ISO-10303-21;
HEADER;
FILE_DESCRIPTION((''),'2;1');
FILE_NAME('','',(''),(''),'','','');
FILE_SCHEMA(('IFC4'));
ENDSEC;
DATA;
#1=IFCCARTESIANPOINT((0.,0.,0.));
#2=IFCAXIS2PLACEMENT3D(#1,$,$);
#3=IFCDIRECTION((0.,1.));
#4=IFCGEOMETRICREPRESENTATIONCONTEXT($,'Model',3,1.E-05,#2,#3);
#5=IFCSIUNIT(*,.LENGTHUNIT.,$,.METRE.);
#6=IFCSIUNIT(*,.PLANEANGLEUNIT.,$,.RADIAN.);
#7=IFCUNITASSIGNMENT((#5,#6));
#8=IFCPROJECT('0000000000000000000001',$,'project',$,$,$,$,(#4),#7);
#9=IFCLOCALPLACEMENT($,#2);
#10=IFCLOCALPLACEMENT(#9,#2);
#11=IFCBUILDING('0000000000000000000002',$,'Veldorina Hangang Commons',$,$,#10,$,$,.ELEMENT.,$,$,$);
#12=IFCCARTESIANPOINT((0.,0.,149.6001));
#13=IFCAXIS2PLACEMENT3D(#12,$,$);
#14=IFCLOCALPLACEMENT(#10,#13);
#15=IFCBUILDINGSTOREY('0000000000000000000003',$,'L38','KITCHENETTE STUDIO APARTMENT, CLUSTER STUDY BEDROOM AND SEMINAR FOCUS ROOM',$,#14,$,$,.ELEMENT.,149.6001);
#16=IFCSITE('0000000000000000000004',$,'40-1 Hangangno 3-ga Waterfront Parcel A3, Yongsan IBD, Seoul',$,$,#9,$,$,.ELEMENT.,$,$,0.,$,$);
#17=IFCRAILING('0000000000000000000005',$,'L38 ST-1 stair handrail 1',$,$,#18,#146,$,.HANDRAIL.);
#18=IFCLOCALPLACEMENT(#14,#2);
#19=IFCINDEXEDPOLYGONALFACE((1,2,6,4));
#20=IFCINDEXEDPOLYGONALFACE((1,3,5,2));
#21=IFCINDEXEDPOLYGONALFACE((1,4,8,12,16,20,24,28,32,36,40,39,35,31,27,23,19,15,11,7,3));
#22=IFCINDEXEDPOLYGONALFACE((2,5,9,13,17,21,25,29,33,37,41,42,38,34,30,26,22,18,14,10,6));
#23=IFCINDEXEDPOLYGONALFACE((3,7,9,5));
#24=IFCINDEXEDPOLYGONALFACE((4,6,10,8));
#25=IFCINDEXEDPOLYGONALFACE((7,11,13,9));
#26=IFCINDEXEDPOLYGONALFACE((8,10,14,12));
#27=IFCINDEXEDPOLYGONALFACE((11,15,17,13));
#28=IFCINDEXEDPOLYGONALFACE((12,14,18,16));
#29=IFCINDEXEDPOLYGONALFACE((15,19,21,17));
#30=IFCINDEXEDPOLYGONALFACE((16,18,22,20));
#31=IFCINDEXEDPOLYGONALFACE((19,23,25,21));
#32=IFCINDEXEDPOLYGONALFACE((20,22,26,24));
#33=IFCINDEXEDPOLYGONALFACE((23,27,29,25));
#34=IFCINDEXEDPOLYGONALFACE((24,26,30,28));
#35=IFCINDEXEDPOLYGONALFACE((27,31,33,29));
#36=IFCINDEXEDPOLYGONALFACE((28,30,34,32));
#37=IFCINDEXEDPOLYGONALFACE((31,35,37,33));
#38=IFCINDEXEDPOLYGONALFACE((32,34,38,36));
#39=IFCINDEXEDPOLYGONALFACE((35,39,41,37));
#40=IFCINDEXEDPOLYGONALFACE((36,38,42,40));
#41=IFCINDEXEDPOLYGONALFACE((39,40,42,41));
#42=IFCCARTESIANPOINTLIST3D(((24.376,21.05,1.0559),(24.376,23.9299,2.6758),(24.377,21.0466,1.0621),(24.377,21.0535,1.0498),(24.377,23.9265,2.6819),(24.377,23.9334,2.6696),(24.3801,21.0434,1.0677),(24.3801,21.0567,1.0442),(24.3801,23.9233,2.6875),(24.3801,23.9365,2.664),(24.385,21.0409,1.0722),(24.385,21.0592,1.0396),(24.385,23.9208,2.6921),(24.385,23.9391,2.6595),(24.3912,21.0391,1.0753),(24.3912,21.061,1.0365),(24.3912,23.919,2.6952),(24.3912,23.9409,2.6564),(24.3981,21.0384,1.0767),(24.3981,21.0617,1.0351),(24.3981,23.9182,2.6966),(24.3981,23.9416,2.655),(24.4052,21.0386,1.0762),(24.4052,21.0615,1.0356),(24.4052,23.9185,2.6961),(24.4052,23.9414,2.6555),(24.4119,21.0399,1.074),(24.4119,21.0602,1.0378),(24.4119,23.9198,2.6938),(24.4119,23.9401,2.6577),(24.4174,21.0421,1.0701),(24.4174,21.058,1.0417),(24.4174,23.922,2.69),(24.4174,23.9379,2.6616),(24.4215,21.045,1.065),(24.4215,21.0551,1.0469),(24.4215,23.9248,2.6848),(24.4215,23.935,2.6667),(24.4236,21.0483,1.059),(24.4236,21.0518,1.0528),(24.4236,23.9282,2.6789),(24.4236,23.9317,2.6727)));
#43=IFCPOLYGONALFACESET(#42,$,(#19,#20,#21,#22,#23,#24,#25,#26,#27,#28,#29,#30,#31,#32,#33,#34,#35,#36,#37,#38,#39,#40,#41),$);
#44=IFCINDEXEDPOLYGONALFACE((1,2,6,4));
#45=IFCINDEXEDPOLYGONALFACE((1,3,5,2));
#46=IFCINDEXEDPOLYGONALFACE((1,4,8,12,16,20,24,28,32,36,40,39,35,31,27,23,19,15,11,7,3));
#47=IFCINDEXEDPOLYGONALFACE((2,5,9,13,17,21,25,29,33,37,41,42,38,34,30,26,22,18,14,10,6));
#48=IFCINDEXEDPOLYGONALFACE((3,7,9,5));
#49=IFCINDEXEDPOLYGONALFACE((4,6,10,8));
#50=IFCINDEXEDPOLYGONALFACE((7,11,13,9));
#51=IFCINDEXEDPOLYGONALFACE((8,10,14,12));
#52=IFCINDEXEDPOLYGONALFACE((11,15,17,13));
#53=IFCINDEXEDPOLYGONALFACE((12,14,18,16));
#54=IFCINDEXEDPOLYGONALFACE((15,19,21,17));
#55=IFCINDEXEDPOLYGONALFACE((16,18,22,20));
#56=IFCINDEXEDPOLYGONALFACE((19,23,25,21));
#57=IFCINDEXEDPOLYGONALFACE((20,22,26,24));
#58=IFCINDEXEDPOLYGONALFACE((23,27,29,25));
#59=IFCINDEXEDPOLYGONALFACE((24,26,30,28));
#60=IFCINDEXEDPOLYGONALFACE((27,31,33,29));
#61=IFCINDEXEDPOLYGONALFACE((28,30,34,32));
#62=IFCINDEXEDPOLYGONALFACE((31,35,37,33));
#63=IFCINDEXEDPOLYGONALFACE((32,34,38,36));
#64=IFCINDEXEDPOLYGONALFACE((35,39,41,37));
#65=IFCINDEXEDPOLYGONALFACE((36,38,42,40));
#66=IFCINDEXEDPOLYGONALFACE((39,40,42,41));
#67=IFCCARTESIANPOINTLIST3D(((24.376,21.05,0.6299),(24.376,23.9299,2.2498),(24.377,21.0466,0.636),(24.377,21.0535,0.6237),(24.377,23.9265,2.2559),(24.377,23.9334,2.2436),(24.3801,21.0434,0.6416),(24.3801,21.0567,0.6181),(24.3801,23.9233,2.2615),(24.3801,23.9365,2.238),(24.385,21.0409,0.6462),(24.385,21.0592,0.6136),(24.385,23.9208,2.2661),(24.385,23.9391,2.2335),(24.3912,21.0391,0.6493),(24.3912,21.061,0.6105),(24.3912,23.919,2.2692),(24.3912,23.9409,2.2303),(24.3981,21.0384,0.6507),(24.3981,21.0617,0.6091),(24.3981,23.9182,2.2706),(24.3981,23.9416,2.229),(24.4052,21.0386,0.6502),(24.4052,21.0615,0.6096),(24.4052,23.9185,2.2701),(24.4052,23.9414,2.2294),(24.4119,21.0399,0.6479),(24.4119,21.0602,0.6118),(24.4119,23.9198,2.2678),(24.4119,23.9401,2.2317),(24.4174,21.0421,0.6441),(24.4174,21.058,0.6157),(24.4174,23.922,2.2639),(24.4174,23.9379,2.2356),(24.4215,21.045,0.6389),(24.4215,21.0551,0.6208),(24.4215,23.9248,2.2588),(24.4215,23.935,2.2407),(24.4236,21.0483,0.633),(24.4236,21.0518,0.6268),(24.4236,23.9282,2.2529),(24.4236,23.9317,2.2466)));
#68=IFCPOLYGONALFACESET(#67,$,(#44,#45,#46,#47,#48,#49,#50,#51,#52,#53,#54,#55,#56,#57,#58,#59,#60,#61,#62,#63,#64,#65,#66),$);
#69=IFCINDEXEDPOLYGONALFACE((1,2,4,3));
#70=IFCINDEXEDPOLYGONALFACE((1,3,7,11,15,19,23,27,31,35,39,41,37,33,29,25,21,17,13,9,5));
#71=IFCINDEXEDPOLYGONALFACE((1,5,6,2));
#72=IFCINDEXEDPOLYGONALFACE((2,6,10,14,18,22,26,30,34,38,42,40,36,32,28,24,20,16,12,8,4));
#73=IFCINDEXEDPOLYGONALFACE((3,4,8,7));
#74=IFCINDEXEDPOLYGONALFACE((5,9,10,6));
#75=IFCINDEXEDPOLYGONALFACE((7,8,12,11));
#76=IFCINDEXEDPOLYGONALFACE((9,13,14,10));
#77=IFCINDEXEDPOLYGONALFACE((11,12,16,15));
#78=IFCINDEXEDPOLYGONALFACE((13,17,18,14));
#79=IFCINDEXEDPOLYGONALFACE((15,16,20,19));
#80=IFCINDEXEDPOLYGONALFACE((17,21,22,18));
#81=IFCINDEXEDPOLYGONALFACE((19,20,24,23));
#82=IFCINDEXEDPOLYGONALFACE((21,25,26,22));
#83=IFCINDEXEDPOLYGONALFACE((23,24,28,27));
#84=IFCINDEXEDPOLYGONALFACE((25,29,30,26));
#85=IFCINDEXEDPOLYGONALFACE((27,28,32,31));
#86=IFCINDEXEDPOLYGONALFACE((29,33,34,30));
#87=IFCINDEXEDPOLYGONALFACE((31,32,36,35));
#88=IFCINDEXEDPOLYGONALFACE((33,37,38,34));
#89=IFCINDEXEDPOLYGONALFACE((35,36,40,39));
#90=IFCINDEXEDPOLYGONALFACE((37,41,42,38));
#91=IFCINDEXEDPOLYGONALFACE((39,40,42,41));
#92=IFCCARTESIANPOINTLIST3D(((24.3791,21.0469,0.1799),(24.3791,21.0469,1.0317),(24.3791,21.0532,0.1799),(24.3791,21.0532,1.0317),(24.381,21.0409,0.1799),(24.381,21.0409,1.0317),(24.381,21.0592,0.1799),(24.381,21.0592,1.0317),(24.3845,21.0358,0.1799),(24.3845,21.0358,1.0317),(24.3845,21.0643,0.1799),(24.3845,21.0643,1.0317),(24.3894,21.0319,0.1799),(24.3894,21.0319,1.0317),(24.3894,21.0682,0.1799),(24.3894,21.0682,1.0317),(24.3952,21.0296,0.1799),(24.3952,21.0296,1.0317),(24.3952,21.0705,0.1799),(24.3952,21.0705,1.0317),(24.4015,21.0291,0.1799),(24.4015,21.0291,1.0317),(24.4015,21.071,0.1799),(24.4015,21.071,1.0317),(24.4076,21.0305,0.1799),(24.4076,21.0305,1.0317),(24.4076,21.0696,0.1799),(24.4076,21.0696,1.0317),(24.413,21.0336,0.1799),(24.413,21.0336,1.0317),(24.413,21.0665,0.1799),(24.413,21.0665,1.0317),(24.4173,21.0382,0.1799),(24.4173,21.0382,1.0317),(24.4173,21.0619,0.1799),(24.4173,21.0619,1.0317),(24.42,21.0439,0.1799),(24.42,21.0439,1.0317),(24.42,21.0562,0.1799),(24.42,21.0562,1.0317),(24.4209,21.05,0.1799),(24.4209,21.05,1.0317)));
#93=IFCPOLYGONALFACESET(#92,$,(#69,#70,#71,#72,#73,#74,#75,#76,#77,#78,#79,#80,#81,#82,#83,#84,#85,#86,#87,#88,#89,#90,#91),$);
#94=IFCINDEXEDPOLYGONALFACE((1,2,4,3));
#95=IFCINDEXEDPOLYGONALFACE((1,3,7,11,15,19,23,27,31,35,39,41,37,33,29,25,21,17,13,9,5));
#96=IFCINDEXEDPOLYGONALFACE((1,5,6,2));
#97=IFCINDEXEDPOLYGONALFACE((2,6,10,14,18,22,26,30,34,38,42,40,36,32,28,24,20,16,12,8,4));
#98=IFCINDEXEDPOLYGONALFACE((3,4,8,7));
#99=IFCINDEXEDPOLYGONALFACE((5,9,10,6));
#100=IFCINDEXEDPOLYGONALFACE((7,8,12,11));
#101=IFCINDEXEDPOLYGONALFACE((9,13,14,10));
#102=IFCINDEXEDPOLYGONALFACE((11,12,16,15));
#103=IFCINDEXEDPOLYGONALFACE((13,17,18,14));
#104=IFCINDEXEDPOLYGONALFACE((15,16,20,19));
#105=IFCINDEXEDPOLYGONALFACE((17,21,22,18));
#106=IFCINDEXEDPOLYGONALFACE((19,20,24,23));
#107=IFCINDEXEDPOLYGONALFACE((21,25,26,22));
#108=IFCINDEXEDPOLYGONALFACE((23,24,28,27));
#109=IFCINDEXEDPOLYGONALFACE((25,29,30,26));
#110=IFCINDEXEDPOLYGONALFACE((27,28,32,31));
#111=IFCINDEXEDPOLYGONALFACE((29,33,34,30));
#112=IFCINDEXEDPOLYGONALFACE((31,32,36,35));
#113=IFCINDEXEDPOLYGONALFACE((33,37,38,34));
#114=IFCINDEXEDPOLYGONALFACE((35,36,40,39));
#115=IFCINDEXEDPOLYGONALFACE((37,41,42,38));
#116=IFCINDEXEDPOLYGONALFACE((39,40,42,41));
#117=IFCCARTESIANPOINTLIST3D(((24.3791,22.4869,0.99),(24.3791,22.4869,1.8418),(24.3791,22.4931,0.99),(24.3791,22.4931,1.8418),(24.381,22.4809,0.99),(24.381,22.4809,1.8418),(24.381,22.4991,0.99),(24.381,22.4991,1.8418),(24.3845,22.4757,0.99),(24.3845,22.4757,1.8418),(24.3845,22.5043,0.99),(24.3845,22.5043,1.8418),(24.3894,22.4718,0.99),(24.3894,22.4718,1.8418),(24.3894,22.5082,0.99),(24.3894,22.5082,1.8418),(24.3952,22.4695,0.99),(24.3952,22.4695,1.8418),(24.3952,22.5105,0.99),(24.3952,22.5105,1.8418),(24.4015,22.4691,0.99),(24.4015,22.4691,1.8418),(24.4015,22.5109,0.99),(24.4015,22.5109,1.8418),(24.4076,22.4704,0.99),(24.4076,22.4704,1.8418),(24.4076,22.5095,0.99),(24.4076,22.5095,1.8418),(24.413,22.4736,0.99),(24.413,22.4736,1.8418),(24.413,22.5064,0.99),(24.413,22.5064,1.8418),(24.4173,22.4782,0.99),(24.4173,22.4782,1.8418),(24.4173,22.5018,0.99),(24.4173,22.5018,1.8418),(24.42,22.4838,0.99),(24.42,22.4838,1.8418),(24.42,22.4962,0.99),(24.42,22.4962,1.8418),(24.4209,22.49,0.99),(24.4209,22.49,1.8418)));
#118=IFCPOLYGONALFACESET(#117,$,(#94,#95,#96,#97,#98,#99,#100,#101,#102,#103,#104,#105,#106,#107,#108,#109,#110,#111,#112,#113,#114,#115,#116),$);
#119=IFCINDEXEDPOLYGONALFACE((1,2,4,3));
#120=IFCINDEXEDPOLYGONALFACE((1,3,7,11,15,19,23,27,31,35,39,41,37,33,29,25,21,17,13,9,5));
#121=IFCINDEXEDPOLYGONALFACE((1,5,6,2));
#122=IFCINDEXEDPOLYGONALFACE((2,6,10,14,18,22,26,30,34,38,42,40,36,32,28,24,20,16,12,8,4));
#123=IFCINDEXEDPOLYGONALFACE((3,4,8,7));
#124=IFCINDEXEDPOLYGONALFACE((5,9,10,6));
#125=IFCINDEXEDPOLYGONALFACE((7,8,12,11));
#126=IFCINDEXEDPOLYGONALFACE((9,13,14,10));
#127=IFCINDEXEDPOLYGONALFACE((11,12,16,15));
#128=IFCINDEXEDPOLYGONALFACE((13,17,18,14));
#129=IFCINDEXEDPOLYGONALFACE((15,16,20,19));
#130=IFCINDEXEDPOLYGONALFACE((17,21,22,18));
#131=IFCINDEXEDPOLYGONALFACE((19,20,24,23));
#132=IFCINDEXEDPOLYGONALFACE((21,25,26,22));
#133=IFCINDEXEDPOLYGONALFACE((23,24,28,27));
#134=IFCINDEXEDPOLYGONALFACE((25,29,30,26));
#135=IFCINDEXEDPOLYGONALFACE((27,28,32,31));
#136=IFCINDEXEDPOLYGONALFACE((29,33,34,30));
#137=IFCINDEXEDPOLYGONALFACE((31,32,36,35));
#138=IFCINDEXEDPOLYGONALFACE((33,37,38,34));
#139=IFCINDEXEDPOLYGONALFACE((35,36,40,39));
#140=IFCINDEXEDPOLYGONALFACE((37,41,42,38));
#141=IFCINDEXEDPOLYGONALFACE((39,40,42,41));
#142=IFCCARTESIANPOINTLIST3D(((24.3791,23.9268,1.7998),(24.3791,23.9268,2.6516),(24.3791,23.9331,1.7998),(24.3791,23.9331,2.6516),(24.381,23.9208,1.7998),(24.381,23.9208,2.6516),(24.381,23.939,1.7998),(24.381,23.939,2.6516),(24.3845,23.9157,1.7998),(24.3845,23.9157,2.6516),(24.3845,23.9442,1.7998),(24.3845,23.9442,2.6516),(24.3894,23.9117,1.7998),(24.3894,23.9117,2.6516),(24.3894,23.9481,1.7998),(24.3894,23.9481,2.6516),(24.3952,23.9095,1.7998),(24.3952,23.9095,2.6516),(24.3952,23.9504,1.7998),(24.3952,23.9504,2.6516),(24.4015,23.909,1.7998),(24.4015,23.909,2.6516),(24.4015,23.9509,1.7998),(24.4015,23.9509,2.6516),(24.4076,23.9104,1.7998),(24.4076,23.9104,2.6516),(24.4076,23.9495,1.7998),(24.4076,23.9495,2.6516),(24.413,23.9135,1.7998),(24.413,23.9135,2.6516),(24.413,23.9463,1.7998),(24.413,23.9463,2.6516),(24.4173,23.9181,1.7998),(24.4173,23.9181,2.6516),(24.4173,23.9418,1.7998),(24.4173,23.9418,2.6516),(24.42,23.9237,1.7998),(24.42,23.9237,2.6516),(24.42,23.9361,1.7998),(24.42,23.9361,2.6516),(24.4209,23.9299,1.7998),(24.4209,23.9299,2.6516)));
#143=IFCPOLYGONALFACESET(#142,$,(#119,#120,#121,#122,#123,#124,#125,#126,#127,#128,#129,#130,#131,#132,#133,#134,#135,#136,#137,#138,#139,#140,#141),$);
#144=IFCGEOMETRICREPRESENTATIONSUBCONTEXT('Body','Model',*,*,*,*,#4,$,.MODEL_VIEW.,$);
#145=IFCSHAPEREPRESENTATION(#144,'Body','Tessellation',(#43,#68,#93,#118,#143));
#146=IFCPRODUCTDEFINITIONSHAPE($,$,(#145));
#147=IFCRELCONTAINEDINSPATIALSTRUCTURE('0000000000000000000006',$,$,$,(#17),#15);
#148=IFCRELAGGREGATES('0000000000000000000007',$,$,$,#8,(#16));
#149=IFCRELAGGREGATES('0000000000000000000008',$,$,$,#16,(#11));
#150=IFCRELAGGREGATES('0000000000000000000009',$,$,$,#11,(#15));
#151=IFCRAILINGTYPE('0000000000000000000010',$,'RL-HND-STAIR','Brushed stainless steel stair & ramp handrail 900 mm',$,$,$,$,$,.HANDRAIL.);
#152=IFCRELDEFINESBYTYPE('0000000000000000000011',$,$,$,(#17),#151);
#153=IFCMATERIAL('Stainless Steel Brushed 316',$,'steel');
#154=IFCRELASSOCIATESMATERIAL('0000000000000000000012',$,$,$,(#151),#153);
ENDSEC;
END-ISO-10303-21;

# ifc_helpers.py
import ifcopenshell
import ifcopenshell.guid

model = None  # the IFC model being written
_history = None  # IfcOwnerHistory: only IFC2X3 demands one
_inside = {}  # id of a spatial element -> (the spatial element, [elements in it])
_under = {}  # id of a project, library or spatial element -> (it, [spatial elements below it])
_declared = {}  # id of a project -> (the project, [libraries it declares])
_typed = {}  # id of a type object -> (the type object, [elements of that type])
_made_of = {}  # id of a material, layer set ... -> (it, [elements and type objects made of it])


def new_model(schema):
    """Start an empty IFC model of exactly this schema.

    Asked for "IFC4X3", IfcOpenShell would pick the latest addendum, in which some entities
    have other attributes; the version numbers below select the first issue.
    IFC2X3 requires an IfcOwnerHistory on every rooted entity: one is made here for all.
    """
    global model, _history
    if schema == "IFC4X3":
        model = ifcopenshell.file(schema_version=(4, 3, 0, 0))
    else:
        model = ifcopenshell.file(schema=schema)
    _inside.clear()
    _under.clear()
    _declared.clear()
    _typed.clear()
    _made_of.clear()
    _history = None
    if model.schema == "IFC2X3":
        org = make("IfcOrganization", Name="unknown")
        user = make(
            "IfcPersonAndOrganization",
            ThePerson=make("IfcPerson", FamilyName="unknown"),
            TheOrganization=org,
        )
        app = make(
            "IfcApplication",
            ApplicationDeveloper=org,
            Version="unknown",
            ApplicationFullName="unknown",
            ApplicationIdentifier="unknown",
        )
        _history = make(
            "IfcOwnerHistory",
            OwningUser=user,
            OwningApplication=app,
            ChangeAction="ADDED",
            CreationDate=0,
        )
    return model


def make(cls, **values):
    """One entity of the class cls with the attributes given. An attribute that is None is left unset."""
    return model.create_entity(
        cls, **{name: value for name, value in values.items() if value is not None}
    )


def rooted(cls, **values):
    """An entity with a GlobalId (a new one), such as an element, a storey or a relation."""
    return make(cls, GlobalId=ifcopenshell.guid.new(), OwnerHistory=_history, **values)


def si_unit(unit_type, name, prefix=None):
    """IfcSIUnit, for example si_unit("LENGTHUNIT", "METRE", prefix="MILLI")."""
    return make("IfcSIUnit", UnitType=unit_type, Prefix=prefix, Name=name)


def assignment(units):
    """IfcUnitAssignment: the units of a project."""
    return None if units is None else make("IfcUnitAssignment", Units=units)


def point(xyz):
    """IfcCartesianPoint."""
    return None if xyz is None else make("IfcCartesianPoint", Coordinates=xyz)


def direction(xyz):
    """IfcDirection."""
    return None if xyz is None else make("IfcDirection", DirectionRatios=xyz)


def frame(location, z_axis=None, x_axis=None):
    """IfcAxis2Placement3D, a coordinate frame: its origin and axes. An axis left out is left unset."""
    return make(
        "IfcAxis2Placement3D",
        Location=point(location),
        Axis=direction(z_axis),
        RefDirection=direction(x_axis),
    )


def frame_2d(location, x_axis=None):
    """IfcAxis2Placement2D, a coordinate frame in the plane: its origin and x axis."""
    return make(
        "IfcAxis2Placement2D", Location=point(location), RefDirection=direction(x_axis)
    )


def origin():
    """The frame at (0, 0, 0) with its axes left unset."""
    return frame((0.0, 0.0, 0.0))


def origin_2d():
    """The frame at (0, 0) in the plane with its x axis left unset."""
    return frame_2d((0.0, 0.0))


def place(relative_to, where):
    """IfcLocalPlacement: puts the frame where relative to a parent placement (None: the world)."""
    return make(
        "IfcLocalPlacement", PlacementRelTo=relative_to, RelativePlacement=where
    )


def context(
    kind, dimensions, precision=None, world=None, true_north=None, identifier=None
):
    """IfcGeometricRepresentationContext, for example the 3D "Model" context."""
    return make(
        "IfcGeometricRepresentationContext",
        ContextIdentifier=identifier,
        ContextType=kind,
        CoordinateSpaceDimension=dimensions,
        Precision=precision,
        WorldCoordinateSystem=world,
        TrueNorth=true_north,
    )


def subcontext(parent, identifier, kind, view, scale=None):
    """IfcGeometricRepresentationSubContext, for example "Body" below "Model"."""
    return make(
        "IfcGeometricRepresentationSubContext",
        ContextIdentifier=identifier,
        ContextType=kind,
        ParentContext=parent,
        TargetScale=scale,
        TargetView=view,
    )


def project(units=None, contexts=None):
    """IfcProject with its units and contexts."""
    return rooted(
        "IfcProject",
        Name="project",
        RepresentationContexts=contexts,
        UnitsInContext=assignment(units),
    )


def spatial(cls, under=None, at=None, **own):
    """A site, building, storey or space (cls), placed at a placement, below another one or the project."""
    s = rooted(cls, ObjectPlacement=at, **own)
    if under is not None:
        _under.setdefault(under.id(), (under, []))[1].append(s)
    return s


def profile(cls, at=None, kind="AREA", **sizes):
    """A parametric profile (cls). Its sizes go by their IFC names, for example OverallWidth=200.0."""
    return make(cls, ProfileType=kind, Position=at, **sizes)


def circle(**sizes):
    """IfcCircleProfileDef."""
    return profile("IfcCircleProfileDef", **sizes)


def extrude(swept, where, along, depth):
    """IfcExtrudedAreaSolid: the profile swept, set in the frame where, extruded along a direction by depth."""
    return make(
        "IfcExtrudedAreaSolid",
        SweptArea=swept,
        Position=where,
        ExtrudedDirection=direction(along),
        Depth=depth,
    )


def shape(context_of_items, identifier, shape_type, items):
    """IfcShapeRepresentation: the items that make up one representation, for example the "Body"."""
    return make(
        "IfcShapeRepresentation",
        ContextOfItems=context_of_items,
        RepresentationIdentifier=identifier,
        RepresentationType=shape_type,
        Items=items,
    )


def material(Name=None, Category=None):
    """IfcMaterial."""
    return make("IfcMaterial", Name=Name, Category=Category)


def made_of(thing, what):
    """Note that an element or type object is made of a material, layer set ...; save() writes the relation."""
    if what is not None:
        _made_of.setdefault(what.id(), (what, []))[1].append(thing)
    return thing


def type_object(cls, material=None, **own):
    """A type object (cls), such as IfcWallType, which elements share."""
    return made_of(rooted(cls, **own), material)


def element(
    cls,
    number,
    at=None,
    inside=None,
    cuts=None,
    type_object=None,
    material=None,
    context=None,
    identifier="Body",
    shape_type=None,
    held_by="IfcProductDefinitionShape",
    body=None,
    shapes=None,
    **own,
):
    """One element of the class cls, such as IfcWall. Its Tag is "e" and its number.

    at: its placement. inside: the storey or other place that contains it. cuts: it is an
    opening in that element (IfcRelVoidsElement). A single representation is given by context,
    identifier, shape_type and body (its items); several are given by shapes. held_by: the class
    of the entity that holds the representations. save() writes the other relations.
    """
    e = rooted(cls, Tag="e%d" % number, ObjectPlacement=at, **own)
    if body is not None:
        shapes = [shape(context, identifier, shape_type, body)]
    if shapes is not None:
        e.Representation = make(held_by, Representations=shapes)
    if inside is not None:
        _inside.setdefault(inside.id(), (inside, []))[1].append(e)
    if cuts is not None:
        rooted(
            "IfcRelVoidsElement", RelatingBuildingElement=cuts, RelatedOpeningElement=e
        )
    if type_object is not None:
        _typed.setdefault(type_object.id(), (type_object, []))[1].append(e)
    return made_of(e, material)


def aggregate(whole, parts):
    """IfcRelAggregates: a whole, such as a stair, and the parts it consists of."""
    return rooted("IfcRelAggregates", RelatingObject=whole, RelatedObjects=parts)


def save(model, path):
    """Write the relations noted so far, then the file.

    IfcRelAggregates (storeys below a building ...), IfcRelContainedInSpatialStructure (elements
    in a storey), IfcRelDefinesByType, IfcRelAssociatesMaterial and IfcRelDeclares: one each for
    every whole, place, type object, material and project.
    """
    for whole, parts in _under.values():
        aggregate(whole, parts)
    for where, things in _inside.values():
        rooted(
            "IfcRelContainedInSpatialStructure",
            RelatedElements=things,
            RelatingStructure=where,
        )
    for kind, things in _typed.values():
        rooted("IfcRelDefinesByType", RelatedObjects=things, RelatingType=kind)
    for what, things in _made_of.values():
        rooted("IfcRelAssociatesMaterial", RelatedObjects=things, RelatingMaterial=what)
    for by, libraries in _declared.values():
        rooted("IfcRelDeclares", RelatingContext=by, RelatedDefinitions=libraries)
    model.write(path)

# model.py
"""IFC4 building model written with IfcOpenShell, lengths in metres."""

from ifc_helpers import new_model, si_unit, direction, frame, origin, origin_2d, place, context, subcontext, project, spatial, circle, extrude, material, type_object, element, save


model = new_model("IFC4")

# Units and contexts
model_context = context("Model", 3, precision=1e-05, world=origin(), true_north=direction((0.0, 1.0)))
body_context = subcontext(model_context, "Body", "Model", "MODEL_VIEW")
ifc_project = project(units=[si_unit("LENGTHUNIT", "METRE"), si_unit("PLANEANGLEUNIT", "RADIAN")], contexts=[model_context])

# Site, building, storey
site_placement = place(None, origin())
site = spatial("IfcSite", under=ifc_project, at=site_placement, Name="40-1 Hangangno 3-ga Waterfront Parcel A3, Yongsan IBD, Seoul", CompositionType="ELEMENT", RefElevation=0.0)
building_placement = place(site_placement, origin())
building = spatial("IfcBuilding", under=site, at=building_placement, Name="Veldorina Hangang Commons", CompositionType="ELEMENT")
storey_placement = place(building_placement, frame((0.0, 0.0, 149.6001)))
storey = spatial("IfcBuildingStorey", under=building, at=storey_placement, Name="L38", Description="KITCHENETTE STUDIO APARTMENT, CLUSTER STUDY BEDROOM AND SEMINAR FOCUS ROOM", CompositionType="ELEMENT", Elevation=149.6001)

# Railing
ifc_material_1 = material(Name="Stainless Steel Brushed 316", Category="steel")
railing_type_1 = type_object("IfcRailingType", Name="RL-HND-STAIR", Description="Brushed stainless steel stair & ramp handrail 900 mm", PredefinedType="HANDRAIL", material=ifc_material_1)
railing_1_placement = place(storey_placement, frame((24.3999, 21.05, 0.1799)))
element("IfcRailing", 1, at=railing_1_placement, inside=storey, type_object=railing_type_1, Name="L38 ST-1 stair handrail 1", PredefinedType="HANDRAIL", context=body_context, shape_type="SweptSolid", body=[
    extrude(circle(Radius=0.0239, at=origin_2d()), frame((0.0, 0.0, 0.876), z_axis=(0.0, 0.871583, 0.490247), x_axis=(-1.0, 0.0, 0.0)), (0.0, 0.0, 1.0), 3.3042),
    extrude(circle(Radius=0.0239, at=origin_2d()), frame((0.0, 0.0, 0.45), z_axis=(0.0, 0.871583, 0.490247), x_axis=(-1.0, 0.0, 0.0)), (0.0, 0.0, 1.0), 3.3042),
    extrude(circle(Radius=0.021, at=origin_2d()), origin(), (0.0, 0.0, 1.0), 0.8518),
    extrude(circle(Radius=0.021, at=origin_2d()), frame((0.0, 1.4399, 0.8101)), (0.0, 0.0, 1.0), 0.8518),
    extrude(circle(Radius=0.021, at=origin_2d()), frame((0.0, 2.8799, 1.6199)), (0.0, 0.0, 1.0), 0.8518),
])

save(model, "model.ifc")
